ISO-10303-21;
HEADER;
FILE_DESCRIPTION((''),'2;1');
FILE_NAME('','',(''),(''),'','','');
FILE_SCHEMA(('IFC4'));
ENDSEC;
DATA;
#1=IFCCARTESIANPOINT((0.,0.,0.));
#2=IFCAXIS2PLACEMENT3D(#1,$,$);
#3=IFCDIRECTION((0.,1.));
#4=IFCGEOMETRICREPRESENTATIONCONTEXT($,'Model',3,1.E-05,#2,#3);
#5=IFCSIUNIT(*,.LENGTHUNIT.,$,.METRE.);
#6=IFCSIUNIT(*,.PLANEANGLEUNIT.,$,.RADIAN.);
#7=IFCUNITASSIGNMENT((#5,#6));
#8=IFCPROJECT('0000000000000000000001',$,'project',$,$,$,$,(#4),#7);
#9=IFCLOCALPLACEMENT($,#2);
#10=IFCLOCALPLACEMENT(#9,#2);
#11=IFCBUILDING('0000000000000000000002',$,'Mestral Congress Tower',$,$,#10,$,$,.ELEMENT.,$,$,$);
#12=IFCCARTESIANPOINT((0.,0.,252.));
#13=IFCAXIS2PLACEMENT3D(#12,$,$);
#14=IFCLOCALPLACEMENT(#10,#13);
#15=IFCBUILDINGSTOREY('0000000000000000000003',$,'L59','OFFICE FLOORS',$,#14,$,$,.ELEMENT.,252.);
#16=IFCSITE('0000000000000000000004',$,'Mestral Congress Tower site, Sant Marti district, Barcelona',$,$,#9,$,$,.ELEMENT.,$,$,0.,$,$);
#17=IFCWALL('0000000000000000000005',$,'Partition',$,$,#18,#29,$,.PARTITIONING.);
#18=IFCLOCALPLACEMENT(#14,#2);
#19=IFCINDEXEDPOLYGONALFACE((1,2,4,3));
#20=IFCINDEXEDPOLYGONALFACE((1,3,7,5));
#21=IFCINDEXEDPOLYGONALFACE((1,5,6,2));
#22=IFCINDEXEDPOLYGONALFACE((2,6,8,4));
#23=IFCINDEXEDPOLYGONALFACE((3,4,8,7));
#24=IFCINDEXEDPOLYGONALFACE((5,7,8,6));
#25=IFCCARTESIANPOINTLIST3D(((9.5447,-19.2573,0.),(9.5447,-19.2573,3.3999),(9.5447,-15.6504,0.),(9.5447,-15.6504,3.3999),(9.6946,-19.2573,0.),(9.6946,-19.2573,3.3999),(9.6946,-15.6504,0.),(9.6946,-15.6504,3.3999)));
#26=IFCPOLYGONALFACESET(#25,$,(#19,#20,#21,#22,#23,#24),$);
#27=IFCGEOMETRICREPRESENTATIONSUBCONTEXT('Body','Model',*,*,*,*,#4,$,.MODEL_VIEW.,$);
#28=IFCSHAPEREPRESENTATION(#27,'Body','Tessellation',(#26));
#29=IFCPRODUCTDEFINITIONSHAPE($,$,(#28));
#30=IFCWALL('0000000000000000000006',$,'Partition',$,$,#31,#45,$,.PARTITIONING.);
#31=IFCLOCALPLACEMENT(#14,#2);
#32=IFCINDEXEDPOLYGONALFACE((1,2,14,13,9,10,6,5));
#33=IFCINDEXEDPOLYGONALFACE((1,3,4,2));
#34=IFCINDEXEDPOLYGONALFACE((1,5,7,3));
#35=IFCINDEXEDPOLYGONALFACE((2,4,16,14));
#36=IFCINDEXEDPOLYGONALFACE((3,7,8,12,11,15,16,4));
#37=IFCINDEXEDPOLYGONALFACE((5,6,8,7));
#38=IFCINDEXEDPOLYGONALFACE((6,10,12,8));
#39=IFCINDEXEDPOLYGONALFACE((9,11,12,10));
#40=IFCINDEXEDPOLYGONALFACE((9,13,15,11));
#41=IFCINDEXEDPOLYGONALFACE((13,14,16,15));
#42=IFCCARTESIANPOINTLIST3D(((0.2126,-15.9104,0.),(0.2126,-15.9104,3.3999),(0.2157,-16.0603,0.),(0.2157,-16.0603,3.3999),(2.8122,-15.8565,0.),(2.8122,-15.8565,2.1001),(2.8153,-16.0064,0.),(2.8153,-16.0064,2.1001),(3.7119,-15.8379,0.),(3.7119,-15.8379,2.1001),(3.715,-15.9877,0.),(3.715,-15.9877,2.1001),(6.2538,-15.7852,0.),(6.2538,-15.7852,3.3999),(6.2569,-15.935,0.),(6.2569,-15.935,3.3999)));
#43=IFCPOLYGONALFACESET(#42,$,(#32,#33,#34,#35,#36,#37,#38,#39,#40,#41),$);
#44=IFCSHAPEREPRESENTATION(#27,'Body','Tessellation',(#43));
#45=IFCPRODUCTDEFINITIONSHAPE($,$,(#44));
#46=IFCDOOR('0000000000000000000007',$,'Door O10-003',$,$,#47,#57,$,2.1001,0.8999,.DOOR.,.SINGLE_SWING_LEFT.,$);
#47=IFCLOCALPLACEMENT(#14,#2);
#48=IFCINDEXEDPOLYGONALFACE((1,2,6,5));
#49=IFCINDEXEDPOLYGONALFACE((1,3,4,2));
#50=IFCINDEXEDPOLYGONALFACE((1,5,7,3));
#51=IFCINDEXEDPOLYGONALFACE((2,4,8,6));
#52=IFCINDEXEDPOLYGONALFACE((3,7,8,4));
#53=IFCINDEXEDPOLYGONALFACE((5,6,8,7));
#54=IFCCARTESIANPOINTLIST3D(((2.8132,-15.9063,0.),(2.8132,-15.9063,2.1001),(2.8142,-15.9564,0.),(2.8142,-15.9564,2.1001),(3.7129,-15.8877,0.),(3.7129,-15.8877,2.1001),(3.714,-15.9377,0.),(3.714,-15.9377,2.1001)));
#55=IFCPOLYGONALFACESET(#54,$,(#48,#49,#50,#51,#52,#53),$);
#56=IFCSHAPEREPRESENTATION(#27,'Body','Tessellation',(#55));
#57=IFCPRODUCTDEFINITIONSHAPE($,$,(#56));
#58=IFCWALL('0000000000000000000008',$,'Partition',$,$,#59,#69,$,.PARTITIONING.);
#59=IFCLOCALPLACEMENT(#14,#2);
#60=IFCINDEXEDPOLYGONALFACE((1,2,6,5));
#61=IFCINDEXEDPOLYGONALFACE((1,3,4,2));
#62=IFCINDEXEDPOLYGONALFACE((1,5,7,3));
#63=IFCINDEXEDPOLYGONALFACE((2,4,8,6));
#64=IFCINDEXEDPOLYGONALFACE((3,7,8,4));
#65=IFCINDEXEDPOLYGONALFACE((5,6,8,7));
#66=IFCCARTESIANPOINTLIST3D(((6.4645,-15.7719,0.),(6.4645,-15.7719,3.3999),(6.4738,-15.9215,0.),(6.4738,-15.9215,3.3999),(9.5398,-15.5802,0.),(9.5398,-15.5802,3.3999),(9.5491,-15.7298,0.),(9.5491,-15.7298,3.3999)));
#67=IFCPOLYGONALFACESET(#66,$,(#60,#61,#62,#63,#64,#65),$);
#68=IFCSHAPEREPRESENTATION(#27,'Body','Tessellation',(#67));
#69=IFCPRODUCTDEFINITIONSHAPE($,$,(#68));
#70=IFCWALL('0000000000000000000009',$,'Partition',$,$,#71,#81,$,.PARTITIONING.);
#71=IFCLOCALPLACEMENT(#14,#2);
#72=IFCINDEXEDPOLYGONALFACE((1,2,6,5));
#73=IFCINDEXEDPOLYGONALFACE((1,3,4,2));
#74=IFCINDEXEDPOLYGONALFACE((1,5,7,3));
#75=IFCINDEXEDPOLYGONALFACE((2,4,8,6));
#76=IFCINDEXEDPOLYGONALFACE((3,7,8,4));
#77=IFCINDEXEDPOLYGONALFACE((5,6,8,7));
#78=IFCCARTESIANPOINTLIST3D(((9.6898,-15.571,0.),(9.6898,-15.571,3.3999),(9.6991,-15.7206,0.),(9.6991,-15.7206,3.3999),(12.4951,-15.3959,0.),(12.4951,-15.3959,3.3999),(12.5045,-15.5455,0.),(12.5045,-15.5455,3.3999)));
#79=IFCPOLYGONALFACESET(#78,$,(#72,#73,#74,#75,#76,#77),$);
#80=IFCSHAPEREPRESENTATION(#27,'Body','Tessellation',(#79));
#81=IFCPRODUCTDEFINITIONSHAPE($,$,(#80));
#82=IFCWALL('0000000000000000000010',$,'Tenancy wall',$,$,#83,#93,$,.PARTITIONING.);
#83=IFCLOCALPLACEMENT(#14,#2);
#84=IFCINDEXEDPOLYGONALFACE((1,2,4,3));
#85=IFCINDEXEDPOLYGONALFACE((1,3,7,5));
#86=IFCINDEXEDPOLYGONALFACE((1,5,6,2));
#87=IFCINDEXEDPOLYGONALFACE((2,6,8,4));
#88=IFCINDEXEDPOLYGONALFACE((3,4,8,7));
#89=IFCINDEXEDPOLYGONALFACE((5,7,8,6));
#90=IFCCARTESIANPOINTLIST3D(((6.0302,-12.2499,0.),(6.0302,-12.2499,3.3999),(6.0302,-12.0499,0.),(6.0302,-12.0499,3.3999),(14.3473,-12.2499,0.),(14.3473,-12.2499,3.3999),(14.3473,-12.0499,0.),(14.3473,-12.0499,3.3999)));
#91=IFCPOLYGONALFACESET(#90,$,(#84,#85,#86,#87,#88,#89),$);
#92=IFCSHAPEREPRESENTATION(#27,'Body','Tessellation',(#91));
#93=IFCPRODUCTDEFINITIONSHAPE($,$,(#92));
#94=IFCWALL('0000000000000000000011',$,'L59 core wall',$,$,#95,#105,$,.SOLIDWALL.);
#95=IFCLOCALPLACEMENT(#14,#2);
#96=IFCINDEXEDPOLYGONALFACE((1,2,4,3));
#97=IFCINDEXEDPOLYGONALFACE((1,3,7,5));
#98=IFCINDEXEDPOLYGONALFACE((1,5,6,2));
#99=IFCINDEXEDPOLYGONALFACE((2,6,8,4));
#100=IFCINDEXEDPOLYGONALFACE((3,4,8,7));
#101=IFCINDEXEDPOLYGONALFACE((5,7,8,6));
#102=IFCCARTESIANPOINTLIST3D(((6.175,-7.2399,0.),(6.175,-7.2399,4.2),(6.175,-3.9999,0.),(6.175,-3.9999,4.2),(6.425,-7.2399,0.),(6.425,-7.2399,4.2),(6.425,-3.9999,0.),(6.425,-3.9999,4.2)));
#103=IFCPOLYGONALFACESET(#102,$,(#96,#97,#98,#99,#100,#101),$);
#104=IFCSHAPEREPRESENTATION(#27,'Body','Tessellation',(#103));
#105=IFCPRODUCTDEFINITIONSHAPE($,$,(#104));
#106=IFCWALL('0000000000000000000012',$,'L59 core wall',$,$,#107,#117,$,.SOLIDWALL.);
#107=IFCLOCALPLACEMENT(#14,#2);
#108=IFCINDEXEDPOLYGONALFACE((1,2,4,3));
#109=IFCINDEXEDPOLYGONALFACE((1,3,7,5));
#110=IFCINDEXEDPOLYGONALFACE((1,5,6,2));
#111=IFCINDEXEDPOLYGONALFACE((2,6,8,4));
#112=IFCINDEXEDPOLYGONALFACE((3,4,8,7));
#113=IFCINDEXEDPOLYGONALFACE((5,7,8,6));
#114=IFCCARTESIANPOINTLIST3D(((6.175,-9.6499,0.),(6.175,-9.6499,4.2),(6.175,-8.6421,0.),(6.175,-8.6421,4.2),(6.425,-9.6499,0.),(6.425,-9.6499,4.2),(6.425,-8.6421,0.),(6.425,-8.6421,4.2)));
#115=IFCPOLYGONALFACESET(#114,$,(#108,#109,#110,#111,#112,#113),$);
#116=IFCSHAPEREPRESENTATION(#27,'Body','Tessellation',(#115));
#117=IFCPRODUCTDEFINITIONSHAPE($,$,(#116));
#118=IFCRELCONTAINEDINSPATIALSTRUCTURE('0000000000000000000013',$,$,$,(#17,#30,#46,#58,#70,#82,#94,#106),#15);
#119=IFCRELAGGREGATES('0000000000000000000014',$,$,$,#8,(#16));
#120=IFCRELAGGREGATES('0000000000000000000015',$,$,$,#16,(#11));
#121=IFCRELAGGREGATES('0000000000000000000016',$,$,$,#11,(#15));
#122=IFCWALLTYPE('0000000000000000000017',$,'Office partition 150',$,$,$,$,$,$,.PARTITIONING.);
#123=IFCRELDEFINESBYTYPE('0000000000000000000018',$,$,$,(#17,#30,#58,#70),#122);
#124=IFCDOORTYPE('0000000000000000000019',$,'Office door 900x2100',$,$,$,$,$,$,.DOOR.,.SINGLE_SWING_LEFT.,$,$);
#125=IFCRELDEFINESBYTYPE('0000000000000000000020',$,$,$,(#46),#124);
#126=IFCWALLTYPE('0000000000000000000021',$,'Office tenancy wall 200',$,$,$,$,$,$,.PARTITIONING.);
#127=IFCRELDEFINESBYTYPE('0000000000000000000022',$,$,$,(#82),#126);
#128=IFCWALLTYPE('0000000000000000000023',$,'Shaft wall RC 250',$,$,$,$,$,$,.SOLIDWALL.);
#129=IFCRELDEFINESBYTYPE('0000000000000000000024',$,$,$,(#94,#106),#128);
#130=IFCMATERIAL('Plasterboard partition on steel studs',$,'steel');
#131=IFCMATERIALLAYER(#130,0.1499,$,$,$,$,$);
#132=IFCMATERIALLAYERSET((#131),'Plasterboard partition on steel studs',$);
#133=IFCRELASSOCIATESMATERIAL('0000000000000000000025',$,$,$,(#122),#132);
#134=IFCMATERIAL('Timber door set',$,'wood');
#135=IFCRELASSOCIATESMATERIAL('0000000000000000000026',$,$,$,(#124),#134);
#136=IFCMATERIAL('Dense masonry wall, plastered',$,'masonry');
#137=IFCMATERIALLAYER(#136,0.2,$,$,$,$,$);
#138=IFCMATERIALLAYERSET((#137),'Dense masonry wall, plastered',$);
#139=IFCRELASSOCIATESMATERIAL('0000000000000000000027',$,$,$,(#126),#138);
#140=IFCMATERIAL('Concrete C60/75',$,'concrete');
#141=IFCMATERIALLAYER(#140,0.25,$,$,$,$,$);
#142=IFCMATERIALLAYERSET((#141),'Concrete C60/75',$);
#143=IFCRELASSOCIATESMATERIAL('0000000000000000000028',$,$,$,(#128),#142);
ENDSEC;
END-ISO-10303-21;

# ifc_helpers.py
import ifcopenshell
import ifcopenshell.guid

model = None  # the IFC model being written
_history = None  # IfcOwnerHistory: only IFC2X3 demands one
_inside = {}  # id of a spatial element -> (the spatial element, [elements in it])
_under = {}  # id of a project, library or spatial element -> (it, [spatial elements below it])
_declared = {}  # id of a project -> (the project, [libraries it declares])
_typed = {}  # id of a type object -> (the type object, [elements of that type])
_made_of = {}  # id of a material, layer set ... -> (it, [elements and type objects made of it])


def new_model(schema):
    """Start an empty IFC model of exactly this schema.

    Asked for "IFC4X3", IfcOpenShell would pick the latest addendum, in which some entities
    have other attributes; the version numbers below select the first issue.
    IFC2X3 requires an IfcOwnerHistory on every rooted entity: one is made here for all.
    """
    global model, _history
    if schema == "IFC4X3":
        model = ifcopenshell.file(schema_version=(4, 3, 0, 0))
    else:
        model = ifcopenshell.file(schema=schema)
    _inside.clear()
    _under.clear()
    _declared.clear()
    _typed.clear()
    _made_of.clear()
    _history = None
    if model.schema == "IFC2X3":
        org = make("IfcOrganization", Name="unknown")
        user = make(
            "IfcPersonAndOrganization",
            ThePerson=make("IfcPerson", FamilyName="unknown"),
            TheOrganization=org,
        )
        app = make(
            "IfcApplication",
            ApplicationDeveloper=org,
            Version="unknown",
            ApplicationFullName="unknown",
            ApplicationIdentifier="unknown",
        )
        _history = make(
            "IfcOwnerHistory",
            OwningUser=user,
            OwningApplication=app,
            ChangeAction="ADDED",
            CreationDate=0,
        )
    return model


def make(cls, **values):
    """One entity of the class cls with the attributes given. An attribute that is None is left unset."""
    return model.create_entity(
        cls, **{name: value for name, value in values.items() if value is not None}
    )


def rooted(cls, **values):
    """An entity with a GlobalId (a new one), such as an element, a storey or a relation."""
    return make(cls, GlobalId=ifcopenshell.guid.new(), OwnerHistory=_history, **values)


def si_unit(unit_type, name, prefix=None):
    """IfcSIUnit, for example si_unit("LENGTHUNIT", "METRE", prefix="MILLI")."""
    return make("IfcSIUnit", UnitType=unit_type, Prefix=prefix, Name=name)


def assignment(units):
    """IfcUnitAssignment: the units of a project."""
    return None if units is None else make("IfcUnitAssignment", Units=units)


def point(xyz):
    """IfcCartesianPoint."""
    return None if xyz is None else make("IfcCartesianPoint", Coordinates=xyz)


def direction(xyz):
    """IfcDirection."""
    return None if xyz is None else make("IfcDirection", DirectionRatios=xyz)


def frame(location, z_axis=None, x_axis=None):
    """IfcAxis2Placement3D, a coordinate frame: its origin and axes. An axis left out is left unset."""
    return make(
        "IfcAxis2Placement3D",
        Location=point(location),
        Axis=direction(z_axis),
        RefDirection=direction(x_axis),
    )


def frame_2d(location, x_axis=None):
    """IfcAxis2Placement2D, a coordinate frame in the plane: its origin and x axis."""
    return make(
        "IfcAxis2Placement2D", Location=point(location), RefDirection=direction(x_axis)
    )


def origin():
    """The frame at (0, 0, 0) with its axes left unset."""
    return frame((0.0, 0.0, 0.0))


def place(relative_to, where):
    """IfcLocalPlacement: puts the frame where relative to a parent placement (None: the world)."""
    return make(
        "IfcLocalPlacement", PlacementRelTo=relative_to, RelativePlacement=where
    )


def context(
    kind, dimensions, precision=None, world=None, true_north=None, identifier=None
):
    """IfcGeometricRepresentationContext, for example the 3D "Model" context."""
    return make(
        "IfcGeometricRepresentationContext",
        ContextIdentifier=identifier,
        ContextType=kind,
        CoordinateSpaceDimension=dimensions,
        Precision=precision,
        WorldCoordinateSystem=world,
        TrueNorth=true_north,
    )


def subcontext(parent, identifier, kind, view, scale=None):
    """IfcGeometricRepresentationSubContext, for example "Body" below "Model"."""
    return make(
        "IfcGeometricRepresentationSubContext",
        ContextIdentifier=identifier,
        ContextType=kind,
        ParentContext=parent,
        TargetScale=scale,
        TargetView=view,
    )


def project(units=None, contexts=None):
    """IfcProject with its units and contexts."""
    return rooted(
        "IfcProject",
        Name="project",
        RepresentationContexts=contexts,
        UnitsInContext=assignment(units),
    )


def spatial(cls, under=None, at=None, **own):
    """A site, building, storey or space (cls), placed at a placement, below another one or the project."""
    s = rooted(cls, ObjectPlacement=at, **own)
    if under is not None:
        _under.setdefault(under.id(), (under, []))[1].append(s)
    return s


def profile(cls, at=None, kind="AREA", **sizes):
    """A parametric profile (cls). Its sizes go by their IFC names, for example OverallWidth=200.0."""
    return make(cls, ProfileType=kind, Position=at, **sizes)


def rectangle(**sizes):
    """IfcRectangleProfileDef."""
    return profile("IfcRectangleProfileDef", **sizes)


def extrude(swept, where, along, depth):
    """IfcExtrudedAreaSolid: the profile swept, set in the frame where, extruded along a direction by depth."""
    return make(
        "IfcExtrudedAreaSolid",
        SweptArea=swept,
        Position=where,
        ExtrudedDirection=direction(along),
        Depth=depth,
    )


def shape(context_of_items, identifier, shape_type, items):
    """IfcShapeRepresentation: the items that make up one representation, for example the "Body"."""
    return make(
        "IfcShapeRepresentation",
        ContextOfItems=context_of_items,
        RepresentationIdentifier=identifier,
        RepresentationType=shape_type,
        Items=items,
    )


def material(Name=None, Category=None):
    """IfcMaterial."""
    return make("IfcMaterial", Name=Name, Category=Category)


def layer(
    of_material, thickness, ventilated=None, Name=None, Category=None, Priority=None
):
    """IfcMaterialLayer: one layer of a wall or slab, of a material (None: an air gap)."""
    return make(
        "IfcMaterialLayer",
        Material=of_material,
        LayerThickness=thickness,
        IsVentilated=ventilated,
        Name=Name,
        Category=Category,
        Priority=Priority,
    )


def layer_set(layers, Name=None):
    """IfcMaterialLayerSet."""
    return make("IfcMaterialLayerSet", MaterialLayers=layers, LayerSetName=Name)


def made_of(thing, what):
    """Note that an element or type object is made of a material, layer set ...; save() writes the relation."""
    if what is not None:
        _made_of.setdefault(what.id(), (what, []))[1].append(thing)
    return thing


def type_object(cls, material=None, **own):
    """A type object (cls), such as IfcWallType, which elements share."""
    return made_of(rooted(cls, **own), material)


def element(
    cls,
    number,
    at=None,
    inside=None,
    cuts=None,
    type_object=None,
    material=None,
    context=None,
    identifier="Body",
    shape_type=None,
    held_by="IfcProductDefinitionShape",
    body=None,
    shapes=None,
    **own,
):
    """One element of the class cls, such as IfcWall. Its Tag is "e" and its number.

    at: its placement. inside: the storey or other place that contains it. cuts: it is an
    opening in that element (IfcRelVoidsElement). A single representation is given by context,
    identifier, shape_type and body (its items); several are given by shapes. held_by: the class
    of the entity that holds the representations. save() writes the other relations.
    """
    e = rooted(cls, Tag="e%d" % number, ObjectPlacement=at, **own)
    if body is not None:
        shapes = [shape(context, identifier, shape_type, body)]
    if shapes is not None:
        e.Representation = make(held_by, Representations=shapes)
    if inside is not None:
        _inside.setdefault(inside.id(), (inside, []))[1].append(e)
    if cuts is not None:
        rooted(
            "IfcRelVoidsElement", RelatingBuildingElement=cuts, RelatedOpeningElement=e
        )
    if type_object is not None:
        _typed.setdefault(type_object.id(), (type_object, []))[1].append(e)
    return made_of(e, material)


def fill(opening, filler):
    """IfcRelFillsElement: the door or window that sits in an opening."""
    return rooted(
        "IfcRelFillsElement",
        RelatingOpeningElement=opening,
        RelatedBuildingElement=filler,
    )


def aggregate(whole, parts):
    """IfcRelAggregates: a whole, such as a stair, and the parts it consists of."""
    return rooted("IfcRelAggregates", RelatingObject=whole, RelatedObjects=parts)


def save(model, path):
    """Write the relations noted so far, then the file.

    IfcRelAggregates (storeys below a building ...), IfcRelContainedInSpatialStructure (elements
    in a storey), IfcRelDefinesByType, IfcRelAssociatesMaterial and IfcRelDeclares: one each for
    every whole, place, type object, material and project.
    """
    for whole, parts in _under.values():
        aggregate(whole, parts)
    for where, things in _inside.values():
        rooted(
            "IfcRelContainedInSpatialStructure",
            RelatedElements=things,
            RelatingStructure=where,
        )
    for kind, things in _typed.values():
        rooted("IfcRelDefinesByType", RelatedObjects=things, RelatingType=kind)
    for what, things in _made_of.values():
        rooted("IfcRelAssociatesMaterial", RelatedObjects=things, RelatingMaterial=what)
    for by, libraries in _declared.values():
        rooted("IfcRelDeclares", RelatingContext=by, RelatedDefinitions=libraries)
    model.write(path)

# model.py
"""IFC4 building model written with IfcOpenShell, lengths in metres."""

from ifc_helpers import new_model, si_unit, direction, frame, frame_2d, origin, place, context, subcontext, project, spatial, rectangle, extrude, material, layer, layer_set, type_object, element, fill, save


model = new_model("IFC4")

# Units and contexts
model_context = context("Model", 3, precision=1e-05, world=origin(), true_north=direction((0.0, 1.0)))
body_context = subcontext(model_context, "Body", "Model", "MODEL_VIEW")
ifc_project = project(units=[si_unit("LENGTHUNIT", "METRE"), si_unit("PLANEANGLEUNIT", "RADIAN")], contexts=[model_context])

# Site, building, storey
site_placement = place(None, origin())
site = spatial("IfcSite", under=ifc_project, at=site_placement, Name="Mestral Congress Tower site, Sant Marti district, Barcelona", CompositionType="ELEMENT", RefElevation=0.0)
building_placement = place(site_placement, origin())
building = spatial("IfcBuilding", under=site, at=building_placement, Name="Mestral Congress Tower", CompositionType="ELEMENT")
storey_placement = place(building_placement, frame((0.0, 0.0, 252.0)))
storey = spatial("IfcBuildingStorey", under=building, at=storey_placement, Name="L59", Description="OFFICE FLOORS", CompositionType="ELEMENT", Elevation=252.0)

# Shared definitions
ifc_material_1 = material(Name="Concrete C60/75", Category="concrete")

# Wall
ifc_material_2 = material(Name="Plasterboard partition on steel studs", Category="steel")
ifc_layer_1 = layer(ifc_material_2, 0.1499)
ifc_layer_set_1 = layer_set([ifc_layer_1], Name="Plasterboard partition on steel studs")
wall_type_1 = type_object("IfcWallType", Name="Office partition 150", PredefinedType="PARTITIONING", material=ifc_layer_set_1)
wall_1_placement = place(storey_placement, frame((9.6196, -15.6504, 0.0), z_axis=(0.0, 0.0, 1.0), x_axis=(0.0, -1.0, 0.0)))
element("IfcWall", 1, at=wall_1_placement, inside=storey, type_object=wall_type_1, Name="Partition", PredefinedType="PARTITIONING", context=body_context, shape_type="SweptSolid", body=[
    extrude(rectangle(XDim=3.6069, YDim=0.1499, at=frame_2d((1.8035, 0.0))), origin(), (0.0, 0.0, 1.0), 3.3999),
])

# Wall, opening, door
wall_2_placement = place(storey_placement, frame((6.2554, -15.8601, 0.0), z_axis=(0.0, 0.0, 1.0), x_axis=(-0.999785, -0.020727, 0.0)))
wall_2 = element("IfcWall", 2, at=wall_2_placement, inside=storey, type_object=wall_type_1, Name="Partition", PredefinedType="PARTITIONING", context=body_context, shape_type="SweptSolid", body=[
    extrude(rectangle(XDim=6.0425, YDim=0.1499, at=frame_2d((3.0212, 0.0))), origin(), (0.0, 0.0, 1.0), 3.3999),
])
opening_1_placement = place(wall_2_placement, frame((2.5425, 0.0, 0.0)))
opening_1 = element("IfcOpeningElement", 3, at=opening_1_placement, cuts=wall_2, PredefinedType="OPENING", context=body_context, shape_type="SweptSolid", body=[
    extrude(rectangle(XDim=0.8999, YDim=2.1001, at=frame_2d((0.45, 1.05))), frame((0.0, 0.085, 0.0), z_axis=(0.0, -1.0, 0.0), x_axis=(1.0, 0.0, 0.0)), (0.0, 0.0, 1.0), 0.1699),
])
ifc_material_3 = material(Name="Timber door set", Category="wood")
door_type_1 = type_object("IfcDoorType", Name="Office door 900x2100", OperationType="SINGLE_SWING_LEFT", PredefinedType="DOOR", material=ifc_material_3)
door_1_placement = place(opening_1_placement, origin())
door_1 = element("IfcDoor", 4, at=door_1_placement, inside=storey, type_object=door_type_1, Name="Door O10-003", OperationType="SINGLE_SWING_LEFT", OverallHeight=2.1001, OverallWidth=0.8999, PredefinedType="DOOR", context=body_context, shape_type="SweptSolid", body=[
    extrude(rectangle(XDim=0.8999, YDim=2.1001, at=frame_2d((0.45, 1.05))), frame((0.0, 0.0249, 0.0), z_axis=(0.0, -1.0, 0.0), x_axis=(1.0, 0.0, 0.0)), (0.0, 0.0, 1.0), 0.05),
])
fill(opening_1, door_1)

# Walls
wall_3_placement = place(storey_placement, frame((6.4692, -15.8467, 0.0), z_axis=(0.0, 0.0, 1.0), x_axis=(0.998064, 0.062196, 0.0)))
element("IfcWall", 5, at=wall_3_placement, inside=storey, type_object=wall_type_1, Name="Partition", PredefinedType="PARTITIONING", context=body_context, shape_type="SweptSolid", body=[
    extrude(rectangle(XDim=3.0813, YDim=0.1499, at=frame_2d((1.5405, 0.0))), origin(), (0.0, 0.0, 1.0), 3.3999),
])
wall_4_placement = place(storey_placement, frame((9.6946, -15.6458, 0.0), z_axis=(0.0, 0.0, 1.0), x_axis=(0.998059, 0.062276, 0.0)))
element("IfcWall", 6, at=wall_4_placement, inside=storey, type_object=wall_type_1, Name="Partition", PredefinedType="PARTITIONING", context=body_context, shape_type="SweptSolid", body=[
    extrude(rectangle(XDim=2.8108, YDim=0.1499, at=frame_2d((1.4053, 0.0))), origin(), (0.0, 0.0, 1.0), 3.3999),
])
ifc_material_4 = material(Name="Dense masonry wall, plastered", Category="masonry")
ifc_layer_2 = layer(ifc_material_4, 0.2)
ifc_layer_set_2 = layer_set([ifc_layer_2], Name="Dense masonry wall, plastered")
wall_type_2 = type_object("IfcWallType", Name="Office tenancy wall 200", PredefinedType="PARTITIONING", material=ifc_layer_set_2)
wall_5_placement = place(storey_placement, frame((6.03, -12.1499, 0.0), z_axis=(0.0, 0.0, 1.0), x_axis=(1.0, 0.0, 0.0)))
element("IfcWall", 7, at=wall_5_placement, inside=storey, type_object=wall_type_2, Name="Tenancy wall", PredefinedType="PARTITIONING", context=body_context, shape_type="SweptSolid", body=[
    extrude(rectangle(XDim=8.3171, YDim=0.2, at=frame_2d((4.1587, 0.0))), origin(), (0.0, 0.0, 1.0), 3.3999),
])
ifc_layer_3 = layer(ifc_material_1, 0.25)
ifc_layer_set_3 = layer_set([ifc_layer_3], Name="Concrete C60/75")
wall_type_3 = type_object("IfcWallType", Name="Shaft wall RC 250", PredefinedType="SOLIDWALL", material=ifc_layer_set_3)
wall_6_placement = place(storey_placement, frame((6.3, -7.24, 0.0), z_axis=(0.0, 0.0, 1.0), x_axis=(0.0, 1.0, 0.0)))
element("IfcWall", 8, at=wall_6_placement, inside=storey, type_object=wall_type_3, Name="L59 core wall", PredefinedType="SOLIDWALL", context=body_context, shape_type="SweptSolid", body=[
    extrude(rectangle(XDim=3.24, YDim=0.25, at=frame_2d((1.6201, 0.0))), origin(), (0.0, 0.0, 1.0), 4.2),
])
wall_7_placement = place(storey_placement, frame((6.3, -9.6499, 0.0), z_axis=(0.0, 0.0, 1.0), x_axis=(0.0, 1.0, 0.0)))
element("IfcWall", 9, at=wall_7_placement, inside=storey, type_object=wall_type_3, Name="L59 core wall", PredefinedType="SOLIDWALL", context=body_context, shape_type="SweptSolid", body=[
    extrude(rectangle(XDim=1.0078, YDim=0.25, at=frame_2d((0.5039, 0.0))), origin(), (0.0, 0.0, 1.0), 4.2),
])

save(model, "model.ifc")
